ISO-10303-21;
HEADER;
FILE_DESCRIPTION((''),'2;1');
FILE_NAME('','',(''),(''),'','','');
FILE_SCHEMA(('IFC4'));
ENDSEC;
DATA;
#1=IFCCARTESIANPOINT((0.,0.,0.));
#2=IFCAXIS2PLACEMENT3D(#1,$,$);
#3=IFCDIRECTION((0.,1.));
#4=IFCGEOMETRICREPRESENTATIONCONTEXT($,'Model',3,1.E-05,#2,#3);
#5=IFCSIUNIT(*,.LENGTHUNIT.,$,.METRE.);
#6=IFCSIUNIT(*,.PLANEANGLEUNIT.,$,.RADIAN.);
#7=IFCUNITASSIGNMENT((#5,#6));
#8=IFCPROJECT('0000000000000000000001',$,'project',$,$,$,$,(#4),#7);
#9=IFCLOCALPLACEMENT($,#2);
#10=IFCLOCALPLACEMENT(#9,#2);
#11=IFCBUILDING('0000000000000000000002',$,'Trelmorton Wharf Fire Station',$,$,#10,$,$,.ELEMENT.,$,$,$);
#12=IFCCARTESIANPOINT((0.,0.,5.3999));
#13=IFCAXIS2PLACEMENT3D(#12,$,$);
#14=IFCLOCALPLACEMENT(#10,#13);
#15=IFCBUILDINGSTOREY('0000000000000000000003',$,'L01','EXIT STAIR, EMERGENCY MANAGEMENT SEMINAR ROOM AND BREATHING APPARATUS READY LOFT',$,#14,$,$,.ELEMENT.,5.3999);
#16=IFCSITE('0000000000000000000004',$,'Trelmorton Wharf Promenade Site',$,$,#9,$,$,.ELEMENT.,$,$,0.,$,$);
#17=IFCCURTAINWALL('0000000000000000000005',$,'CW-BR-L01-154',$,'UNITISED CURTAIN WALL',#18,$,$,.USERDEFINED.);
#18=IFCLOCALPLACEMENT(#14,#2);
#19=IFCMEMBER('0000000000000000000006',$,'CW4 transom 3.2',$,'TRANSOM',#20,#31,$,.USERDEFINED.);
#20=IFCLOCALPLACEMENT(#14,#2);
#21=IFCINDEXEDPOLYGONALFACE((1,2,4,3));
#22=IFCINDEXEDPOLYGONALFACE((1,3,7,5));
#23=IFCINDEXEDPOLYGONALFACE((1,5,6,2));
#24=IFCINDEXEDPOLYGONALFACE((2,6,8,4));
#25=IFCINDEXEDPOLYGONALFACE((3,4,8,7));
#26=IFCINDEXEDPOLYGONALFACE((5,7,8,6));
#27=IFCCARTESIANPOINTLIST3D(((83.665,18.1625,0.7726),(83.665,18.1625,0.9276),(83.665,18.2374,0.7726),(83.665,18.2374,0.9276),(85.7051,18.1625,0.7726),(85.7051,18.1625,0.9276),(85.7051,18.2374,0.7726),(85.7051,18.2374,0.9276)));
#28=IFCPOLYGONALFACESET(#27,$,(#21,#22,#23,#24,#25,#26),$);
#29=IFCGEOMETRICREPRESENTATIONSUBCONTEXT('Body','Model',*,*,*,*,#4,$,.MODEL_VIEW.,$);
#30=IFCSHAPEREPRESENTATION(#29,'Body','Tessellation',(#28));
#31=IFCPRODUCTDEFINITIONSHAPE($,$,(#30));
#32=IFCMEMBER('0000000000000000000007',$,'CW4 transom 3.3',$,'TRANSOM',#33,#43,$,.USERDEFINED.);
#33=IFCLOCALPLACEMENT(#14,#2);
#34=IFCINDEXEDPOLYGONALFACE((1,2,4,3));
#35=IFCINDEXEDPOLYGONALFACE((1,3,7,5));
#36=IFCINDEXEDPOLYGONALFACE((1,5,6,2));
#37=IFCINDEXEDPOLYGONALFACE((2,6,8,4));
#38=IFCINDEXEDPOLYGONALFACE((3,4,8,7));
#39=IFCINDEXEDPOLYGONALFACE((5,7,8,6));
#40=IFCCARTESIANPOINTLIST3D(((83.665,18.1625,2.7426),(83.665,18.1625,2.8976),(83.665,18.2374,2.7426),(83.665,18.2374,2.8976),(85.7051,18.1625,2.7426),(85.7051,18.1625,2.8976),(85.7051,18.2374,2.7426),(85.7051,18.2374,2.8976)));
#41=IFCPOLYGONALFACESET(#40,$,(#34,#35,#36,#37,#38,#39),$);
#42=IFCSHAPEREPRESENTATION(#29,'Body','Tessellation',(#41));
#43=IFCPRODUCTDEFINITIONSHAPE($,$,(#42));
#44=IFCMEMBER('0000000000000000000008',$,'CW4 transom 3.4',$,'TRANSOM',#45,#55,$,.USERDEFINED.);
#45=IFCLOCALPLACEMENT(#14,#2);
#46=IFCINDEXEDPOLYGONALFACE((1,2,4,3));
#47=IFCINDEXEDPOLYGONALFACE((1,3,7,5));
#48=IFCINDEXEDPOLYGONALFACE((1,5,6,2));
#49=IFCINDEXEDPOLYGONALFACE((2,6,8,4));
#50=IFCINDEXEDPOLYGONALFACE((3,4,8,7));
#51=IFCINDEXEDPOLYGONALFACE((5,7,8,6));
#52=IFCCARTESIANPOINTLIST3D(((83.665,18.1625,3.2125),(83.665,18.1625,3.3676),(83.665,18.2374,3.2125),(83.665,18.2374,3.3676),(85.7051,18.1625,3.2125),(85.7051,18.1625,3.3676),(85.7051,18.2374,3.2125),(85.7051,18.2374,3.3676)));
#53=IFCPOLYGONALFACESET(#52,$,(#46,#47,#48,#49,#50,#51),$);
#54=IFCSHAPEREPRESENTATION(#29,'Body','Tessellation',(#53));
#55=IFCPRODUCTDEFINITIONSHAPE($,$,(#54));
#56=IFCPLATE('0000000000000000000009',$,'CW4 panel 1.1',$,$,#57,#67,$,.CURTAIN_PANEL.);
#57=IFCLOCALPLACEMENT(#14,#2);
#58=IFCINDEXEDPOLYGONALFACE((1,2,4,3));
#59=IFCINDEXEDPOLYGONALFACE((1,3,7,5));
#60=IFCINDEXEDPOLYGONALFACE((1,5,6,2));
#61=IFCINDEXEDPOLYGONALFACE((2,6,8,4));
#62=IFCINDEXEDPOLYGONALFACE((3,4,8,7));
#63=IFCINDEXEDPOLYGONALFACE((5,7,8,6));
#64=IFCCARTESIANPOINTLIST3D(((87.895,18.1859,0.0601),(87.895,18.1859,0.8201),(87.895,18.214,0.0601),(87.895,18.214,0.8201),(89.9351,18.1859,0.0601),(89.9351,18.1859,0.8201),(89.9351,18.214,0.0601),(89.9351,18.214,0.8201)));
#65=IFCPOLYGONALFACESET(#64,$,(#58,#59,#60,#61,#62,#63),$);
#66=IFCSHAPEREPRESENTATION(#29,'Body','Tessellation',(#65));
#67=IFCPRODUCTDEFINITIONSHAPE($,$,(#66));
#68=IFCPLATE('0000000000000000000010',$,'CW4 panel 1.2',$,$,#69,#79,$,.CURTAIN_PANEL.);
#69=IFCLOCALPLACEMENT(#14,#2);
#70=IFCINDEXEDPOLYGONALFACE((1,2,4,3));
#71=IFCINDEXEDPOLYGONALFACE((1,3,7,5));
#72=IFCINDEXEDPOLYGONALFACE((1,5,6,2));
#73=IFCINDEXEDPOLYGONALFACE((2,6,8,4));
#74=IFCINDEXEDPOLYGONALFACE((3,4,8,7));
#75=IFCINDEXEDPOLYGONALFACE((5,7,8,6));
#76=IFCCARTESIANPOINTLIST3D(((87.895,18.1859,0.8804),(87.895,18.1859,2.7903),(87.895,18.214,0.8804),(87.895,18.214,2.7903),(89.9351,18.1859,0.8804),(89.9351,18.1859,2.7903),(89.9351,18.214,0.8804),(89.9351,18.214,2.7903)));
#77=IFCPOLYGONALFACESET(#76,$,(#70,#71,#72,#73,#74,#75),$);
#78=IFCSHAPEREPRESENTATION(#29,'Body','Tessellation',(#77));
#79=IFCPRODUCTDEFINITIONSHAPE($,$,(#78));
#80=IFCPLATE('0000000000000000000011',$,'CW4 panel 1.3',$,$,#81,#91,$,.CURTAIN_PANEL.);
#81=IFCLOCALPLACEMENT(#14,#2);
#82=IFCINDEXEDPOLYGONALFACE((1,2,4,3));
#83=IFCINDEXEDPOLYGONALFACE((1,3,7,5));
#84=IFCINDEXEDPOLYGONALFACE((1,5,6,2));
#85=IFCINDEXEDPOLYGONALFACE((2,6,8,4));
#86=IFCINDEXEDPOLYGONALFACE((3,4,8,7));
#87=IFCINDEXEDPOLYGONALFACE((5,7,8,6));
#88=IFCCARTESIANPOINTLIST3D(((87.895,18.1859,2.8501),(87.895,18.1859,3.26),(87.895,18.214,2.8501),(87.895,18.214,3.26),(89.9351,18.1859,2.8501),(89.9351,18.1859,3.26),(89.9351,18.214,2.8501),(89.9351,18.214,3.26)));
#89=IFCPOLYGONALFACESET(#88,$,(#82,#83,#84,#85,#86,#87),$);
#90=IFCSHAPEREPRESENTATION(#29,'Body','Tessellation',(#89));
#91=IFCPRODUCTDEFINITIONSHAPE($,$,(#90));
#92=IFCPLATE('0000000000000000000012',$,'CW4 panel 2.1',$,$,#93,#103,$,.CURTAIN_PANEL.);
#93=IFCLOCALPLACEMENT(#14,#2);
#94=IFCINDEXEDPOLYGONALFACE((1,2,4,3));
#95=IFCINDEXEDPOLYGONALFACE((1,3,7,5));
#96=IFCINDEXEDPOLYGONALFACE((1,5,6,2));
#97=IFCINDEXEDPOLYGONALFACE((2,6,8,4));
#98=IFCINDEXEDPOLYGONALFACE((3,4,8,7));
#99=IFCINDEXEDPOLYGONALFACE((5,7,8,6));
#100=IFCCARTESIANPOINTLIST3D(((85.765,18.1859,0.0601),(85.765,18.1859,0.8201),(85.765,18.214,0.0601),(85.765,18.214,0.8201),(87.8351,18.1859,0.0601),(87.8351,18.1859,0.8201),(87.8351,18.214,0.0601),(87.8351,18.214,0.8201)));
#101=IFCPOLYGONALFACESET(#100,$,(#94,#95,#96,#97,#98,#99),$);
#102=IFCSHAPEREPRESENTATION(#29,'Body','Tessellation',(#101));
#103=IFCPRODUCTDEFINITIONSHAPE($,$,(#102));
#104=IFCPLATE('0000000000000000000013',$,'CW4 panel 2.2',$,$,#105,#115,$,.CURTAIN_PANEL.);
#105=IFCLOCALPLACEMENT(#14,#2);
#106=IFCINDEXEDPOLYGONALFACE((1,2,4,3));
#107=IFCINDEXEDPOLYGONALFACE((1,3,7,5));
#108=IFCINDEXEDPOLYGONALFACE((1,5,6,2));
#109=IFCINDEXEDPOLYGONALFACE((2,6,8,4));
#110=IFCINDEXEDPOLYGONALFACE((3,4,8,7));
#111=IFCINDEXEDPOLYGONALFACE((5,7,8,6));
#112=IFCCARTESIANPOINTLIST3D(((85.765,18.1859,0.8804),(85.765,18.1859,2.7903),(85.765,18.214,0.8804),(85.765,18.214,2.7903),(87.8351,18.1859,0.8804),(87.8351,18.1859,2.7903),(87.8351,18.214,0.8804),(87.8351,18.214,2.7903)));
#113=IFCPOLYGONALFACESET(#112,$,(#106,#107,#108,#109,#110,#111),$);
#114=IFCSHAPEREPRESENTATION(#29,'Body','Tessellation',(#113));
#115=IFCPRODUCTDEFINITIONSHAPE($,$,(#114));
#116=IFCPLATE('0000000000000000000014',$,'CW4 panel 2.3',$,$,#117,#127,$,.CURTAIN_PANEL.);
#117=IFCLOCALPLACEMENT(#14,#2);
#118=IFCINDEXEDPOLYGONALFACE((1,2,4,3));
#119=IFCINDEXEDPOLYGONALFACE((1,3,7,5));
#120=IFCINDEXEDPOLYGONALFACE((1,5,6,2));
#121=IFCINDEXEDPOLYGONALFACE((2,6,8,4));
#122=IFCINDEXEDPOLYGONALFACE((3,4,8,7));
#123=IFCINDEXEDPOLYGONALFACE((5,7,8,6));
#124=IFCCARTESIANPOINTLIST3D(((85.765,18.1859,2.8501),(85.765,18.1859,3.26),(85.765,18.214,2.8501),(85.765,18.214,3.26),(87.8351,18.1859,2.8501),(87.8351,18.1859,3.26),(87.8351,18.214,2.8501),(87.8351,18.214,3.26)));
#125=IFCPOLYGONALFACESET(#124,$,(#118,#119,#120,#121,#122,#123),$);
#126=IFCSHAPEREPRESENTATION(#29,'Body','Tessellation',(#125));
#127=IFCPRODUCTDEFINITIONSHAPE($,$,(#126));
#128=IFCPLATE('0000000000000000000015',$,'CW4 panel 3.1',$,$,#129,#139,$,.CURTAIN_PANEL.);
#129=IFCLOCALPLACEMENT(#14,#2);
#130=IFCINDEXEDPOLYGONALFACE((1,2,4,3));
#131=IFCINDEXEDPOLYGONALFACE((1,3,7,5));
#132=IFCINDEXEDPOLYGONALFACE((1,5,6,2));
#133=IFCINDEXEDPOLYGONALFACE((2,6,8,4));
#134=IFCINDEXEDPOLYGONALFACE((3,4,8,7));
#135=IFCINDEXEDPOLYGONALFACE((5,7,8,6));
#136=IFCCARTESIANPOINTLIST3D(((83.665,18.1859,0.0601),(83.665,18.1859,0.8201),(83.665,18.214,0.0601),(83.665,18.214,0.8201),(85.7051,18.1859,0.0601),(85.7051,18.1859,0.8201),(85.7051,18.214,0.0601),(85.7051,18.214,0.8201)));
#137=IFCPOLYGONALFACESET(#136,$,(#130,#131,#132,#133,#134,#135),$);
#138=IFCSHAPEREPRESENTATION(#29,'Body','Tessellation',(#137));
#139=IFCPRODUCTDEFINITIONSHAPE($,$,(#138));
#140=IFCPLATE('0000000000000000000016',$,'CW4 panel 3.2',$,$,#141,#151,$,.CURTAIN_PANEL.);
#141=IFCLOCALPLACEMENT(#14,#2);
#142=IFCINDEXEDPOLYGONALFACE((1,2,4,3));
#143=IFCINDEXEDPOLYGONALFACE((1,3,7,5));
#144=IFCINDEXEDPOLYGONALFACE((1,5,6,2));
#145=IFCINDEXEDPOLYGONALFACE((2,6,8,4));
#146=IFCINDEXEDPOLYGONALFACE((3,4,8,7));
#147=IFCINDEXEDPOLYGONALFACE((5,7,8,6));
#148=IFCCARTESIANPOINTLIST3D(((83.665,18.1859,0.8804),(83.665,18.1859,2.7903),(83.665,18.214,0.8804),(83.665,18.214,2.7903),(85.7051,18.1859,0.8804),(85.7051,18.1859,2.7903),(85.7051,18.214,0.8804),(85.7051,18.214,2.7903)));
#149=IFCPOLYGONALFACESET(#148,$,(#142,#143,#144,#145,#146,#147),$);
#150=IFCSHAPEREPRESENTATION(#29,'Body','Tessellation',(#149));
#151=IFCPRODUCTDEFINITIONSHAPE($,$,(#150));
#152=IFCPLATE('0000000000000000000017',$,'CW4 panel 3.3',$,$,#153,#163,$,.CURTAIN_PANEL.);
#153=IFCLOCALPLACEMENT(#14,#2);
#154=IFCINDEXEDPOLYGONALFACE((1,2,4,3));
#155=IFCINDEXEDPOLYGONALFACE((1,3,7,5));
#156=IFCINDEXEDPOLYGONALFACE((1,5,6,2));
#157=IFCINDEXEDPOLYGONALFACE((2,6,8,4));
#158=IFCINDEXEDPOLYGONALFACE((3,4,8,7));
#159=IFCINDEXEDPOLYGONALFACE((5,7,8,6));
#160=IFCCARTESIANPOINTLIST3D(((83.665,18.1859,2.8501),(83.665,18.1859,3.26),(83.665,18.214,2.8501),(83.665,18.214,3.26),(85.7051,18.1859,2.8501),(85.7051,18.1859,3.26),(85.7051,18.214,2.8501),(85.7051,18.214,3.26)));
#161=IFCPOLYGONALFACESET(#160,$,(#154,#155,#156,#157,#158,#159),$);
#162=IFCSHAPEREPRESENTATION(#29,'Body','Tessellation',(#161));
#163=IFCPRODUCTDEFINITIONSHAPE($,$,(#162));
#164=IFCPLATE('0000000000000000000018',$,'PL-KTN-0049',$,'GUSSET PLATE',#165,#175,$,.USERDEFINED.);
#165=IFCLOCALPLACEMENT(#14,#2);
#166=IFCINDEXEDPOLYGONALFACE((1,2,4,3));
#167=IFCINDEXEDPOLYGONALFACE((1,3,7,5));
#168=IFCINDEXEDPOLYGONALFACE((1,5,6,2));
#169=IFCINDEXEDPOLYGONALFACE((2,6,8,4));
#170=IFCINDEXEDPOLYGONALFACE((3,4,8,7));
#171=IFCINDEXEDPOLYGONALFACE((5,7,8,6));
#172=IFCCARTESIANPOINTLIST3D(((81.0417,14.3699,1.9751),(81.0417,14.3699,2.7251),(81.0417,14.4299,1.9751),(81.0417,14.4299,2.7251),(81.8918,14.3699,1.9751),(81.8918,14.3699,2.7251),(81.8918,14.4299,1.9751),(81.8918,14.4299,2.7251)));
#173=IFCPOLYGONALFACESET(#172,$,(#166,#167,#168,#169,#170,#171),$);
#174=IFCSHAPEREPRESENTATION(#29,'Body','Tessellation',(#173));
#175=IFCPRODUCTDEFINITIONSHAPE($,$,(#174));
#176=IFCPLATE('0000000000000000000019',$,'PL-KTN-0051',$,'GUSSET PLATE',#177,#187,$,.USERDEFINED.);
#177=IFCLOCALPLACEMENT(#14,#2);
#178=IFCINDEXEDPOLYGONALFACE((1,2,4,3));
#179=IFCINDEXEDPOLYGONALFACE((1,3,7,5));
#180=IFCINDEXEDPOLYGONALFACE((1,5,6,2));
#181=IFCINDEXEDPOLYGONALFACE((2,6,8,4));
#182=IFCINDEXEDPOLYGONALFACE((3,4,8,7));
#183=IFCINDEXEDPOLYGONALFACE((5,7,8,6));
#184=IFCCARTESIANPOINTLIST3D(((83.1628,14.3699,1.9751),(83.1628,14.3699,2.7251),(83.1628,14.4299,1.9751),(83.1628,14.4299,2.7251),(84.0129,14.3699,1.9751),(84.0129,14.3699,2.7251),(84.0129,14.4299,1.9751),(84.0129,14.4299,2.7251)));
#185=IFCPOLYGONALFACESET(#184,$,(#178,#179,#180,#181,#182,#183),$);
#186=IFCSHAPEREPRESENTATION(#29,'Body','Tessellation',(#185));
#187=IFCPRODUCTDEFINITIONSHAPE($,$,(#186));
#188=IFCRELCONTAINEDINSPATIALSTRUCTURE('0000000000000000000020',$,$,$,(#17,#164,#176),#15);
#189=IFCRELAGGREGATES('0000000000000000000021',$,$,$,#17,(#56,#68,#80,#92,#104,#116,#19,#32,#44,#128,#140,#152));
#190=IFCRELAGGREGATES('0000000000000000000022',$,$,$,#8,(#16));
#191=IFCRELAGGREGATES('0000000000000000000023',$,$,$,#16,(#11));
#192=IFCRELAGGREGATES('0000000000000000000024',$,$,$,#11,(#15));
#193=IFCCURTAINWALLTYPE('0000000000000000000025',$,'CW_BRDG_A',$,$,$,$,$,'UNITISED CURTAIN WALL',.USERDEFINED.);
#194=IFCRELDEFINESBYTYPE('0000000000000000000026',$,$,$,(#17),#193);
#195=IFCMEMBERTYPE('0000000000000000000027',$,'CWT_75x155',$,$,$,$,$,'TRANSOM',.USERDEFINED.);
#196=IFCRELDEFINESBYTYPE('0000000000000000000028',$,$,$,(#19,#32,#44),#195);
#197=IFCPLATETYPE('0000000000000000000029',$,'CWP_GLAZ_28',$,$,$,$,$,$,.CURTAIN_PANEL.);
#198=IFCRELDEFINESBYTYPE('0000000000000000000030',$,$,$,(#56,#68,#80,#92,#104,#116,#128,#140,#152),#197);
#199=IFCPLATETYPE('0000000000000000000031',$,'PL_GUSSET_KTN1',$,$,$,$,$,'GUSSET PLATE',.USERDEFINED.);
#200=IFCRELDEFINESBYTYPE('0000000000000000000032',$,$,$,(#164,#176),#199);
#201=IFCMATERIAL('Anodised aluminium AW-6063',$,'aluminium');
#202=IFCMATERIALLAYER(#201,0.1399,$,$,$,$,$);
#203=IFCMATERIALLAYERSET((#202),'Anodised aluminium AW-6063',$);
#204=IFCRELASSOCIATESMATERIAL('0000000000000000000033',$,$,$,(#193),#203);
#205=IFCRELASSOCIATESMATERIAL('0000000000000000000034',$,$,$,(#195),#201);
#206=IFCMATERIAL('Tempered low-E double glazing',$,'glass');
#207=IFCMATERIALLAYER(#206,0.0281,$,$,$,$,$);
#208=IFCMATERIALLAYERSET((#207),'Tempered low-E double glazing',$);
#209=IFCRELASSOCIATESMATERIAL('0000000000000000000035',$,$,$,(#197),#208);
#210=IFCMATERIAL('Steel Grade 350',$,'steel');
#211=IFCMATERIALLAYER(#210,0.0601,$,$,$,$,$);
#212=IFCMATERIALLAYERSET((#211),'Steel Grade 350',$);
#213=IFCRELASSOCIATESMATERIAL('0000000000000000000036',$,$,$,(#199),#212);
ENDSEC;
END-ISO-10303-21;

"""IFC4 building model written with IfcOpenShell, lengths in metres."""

from ifc_helpers import new_model, si_unit, direction, frame, origin, origin_2d, place, context, subcontext, project, spatial, rectangle, extrude, material, layer, layer_set, material_profile, profile_set, type_object, element, aggregate, save


model = new_model("IFC4")

# Units and contexts
model_context = context("Model", 3, precision=1e-05, world=origin(), true_north=direction((0.0, 1.0)))
body_context = subcontext(model_context, "Body", "Model", "MODEL_VIEW")
ifc_project = project(units=[si_unit("LENGTHUNIT", "METRE"), si_unit("PLANEANGLEUNIT", "RADIAN")], contexts=[model_context])

# Site, building, storey
site_placement = place(None, origin())
site = spatial("IfcSite", under=ifc_project, at=site_placement, Name="Trelmorton Wharf Promenade Site", CompositionType="ELEMENT", RefElevation=0.0)
building_placement = place(site_placement, origin())
building = spatial("IfcBuilding", under=site, at=building_placement, Name="Trelmorton Wharf Fire Station", CompositionType="ELEMENT")
storey_placement = place(building_placement, frame((0.0, 0.0, 5.3999)))
storey = spatial("IfcBuildingStorey", under=building, at=storey_placement, Name="L01", Description="EXIT STAIR, EMERGENCY MANAGEMENT SEMINAR ROOM AND BREATHING APPARATUS READY LOFT", CompositionType="ELEMENT", Elevation=5.3999)

# Shared definitions
ifc_material_1 = material(Name="Steel Grade 350", Category="steel")

# Curtain wall, members, plates
ifc_material_2 = material(Name="Anodised aluminium AW-6063", Category="aluminium")
ifc_layer_1 = layer(ifc_material_2, 0.1399)
ifc_layer_set_1 = layer_set([ifc_layer_1], Name="Anodised aluminium AW-6063")
curtain_wall_type = type_object("IfcCurtainWallType", Name="CW_BRDG_A", ElementType="UNITISED CURTAIN WALL", PredefinedType="USERDEFINED", material=ifc_layer_set_1)
curtain_wall_placement = place(storey_placement, origin())
curtain_wall = element("IfcCurtainWall", 1, at=curtain_wall_placement, inside=storey, type_object=curtain_wall_type, Name="CW-BR-L01-154", ObjectType="UNITISED CURTAIN WALL", PredefinedType="USERDEFINED")
ifc_material_profile_1 = material_profile(ifc_material_2, rectangle(XDim=0.075, YDim=0.155, at=origin_2d()), Name="ALU-75x155")
ifc_profile_set_1 = profile_set([ifc_material_profile_1], Name="Anodised aluminium AW-6063")
member_type_1 = type_object("IfcMemberType", Name="CWT_75x155", ElementType="TRANSOM", PredefinedType="USERDEFINED", material=ifc_profile_set_1)
member_1_placement = place(storey_placement, frame((85.7051, 18.2, 0.8501), z_axis=(-1.0, 0.0, 0.0), x_axis=(0.0, -1.0, 0.0)))
member_1 = element("IfcMember", 2, at=member_1_placement, type_object=member_type_1, Name="CW4 transom 3.2", ObjectType="TRANSOM", PredefinedType="USERDEFINED", context=body_context, shape_type="SweptSolid", body=[
    extrude(rectangle(XDim=0.075, YDim=0.155, at=origin_2d()), origin(), (0.0, 0.0, 1.0), 2.04),
])
member_2_placement = place(storey_placement, frame((85.7051, 18.2, 2.8201), z_axis=(-1.0, 0.0, 0.0), x_axis=(0.0, -1.0, 0.0)))
member_2 = element("IfcMember", 3, at=member_2_placement, type_object=member_type_1, Name="CW4 transom 3.3", ObjectType="TRANSOM", PredefinedType="USERDEFINED", context=body_context, shape_type="SweptSolid", body=[
    extrude(rectangle(XDim=0.075, YDim=0.155, at=origin_2d()), origin(), (0.0, 0.0, 1.0), 2.04),
])
member_3_placement = place(storey_placement, frame((85.7051, 18.2, 3.29), z_axis=(-1.0, 0.0, 0.0), x_axis=(0.0, -1.0, 0.0)))
member_3 = element("IfcMember", 4, at=member_3_placement, type_object=member_type_1, Name="CW4 transom 3.4", ObjectType="TRANSOM", PredefinedType="USERDEFINED", context=body_context, shape_type="SweptSolid", body=[
    extrude(rectangle(XDim=0.075, YDim=0.155, at=origin_2d()), origin(), (0.0, 0.0, 1.0), 2.04),
])
ifc_material_3 = material(Name="Tempered low-E double glazing", Category="glass")
ifc_layer_2 = layer(ifc_material_3, 0.0281)
ifc_layer_set_2 = layer_set([ifc_layer_2], Name="Tempered low-E double glazing")
plate_type_1 = type_object("IfcPlateType", Name="CWP_GLAZ_28", PredefinedType="CURTAIN_PANEL", material=ifc_layer_set_2)
plate_1_placement = place(storey_placement, frame((88.915, 18.2, 0.0601), z_axis=(0.0, 0.0, 1.0), x_axis=(-1.0, 0.0, 0.0)))
plate_1 = element("IfcPlate", 5, at=plate_1_placement, type_object=plate_type_1, Name="CW4 panel 1.1", PredefinedType="CURTAIN_PANEL", context=body_context, shape_type="SweptSolid", body=[
    extrude(rectangle(XDim=2.04, YDim=0.0281, at=origin_2d()), origin(), (0.0, 0.0, 1.0), 0.76),
])
plate_2_placement = place(storey_placement, frame((88.915, 18.2, 0.8804), z_axis=(0.0, 0.0, 1.0), x_axis=(-1.0, 0.0, 0.0)))
plate_2 = element("IfcPlate", 6, at=plate_2_placement, type_object=plate_type_1, Name="CW4 panel 1.2", PredefinedType="CURTAIN_PANEL", context=body_context, shape_type="SweptSolid", body=[
    extrude(rectangle(XDim=2.04, YDim=0.0281, at=origin_2d()), origin(), (0.0, 0.0, 1.0), 1.9099),
])
plate_3_placement = place(storey_placement, frame((88.915, 18.2, 2.8501), z_axis=(0.0, 0.0, 1.0), x_axis=(-1.0, 0.0, 0.0)))
plate_3 = element("IfcPlate", 7, at=plate_3_placement, type_object=plate_type_1, Name="CW4 panel 1.3", PredefinedType="CURTAIN_PANEL", context=body_context, shape_type="SweptSolid", body=[
    extrude(rectangle(XDim=2.04, YDim=0.0281, at=origin_2d()), origin(), (0.0, 0.0, 1.0), 0.4099),
])
plate_4_placement = place(storey_placement, frame((86.8, 18.2, 0.0601), z_axis=(0.0, 0.0, 1.0), x_axis=(-1.0, 0.0, 0.0)))
plate_4 = element("IfcPlate", 8, at=plate_4_placement, type_object=plate_type_1, Name="CW4 panel 2.1", PredefinedType="CURTAIN_PANEL", context=body_context, shape_type="SweptSolid", body=[
    extrude(rectangle(XDim=2.0701, YDim=0.0281, at=origin_2d()), origin(), (0.0, 0.0, 1.0), 0.76),
])
plate_5_placement = place(storey_placement, frame((86.8, 18.2, 0.8804), z_axis=(0.0, 0.0, 1.0), x_axis=(-1.0, 0.0, 0.0)))
plate_5 = element("IfcPlate", 9, at=plate_5_placement, type_object=plate_type_1, Name="CW4 panel 2.2", PredefinedType="CURTAIN_PANEL", context=body_context, shape_type="SweptSolid", body=[
    extrude(rectangle(XDim=2.0701, YDim=0.0281, at=origin_2d()), origin(), (0.0, 0.0, 1.0), 1.9099),
])
plate_6_placement = place(storey_placement, frame((86.8, 18.2, 2.8501), z_axis=(0.0, 0.0, 1.0), x_axis=(-1.0, 0.0, 0.0)))
plate_6 = element("IfcPlate", 10, at=plate_6_placement, type_object=plate_type_1, Name="CW4 panel 2.3", PredefinedType="CURTAIN_PANEL", context=body_context, shape_type="SweptSolid", body=[
    extrude(rectangle(XDim=2.0701, YDim=0.0281, at=origin_2d()), origin(), (0.0, 0.0, 1.0), 0.4099),
])
plate_7_placement = place(storey_placement, frame((84.6851, 18.2, 0.0601), z_axis=(0.0, 0.0, 1.0), x_axis=(-1.0, 0.0, 0.0)))
plate_7 = element("IfcPlate", 11, at=plate_7_placement, type_object=plate_type_1, Name="CW4 panel 3.1", PredefinedType="CURTAIN_PANEL", context=body_context, shape_type="SweptSolid", body=[
    extrude(rectangle(XDim=2.04, YDim=0.0281, at=origin_2d()), origin(), (0.0, 0.0, 1.0), 0.76),
])
plate_8_placement = place(storey_placement, frame((84.6851, 18.2, 0.8804), z_axis=(0.0, 0.0, 1.0), x_axis=(-1.0, 0.0, 0.0)))
plate_8 = element("IfcPlate", 12, at=plate_8_placement, type_object=plate_type_1, Name="CW4 panel 3.2", PredefinedType="CURTAIN_PANEL", context=body_context, shape_type="SweptSolid", body=[
    extrude(rectangle(XDim=2.04, YDim=0.0281, at=origin_2d()), origin(), (0.0, 0.0, 1.0), 1.9099),
])
plate_9_placement = place(storey_placement, frame((84.6851, 18.2, 2.8501), z_axis=(0.0, 0.0, 1.0), x_axis=(-1.0, 0.0, 0.0)))
plate_9 = element("IfcPlate", 13, at=plate_9_placement, type_object=plate_type_1, Name="CW4 panel 3.3", PredefinedType="CURTAIN_PANEL", context=body_context, shape_type="SweptSolid", body=[
    extrude(rectangle(XDim=2.04, YDim=0.0281, at=origin_2d()), origin(), (0.0, 0.0, 1.0), 0.4099),
])
aggregate(curtain_wall, [plate_1, plate_2, plate_3, plate_4, plate_5, plate_6, member_1, member_2, member_3, plate_7, plate_8, plate_9])

# Plates
ifc_layer_3 = layer(ifc_material_1, 0.0601)
ifc_layer_set_3 = layer_set([ifc_layer_3], Name="Steel Grade 350")
plate_type_2 = type_object("IfcPlateType", Name="PL_GUSSET_KTN1", ElementType="GUSSET PLATE", PredefinedType="USERDEFINED", material=ifc_layer_set_3)
for number, where, z_axis, x_axis, name in (
    (14, (81.4668, 14.3999, 1.9751), (0.0, 0.0, 1.0), (1.0, 0.0, 0.0), "PL-KTN-0049"),
    (15, (83.5879, 14.3999, 1.9751), (0.0, 0.0, 1.0), (1.0, 0.0, 0.0), "PL-KTN-0051"),
):
    element("IfcPlate", number, at=place(storey_placement, frame(where, z_axis=z_axis, x_axis=x_axis)), inside=storey, type_object=plate_type_2, Name=name, ObjectType="GUSSET PLATE", PredefinedType="USERDEFINED", context=body_context, shape_type="SweptSolid", body=[
        extrude(rectangle(XDim=0.8501, YDim=0.0601, at=origin_2d()), origin(), (0.0, 0.0, 1.0), 0.75),
    ])

save(model, "model.ifc")
